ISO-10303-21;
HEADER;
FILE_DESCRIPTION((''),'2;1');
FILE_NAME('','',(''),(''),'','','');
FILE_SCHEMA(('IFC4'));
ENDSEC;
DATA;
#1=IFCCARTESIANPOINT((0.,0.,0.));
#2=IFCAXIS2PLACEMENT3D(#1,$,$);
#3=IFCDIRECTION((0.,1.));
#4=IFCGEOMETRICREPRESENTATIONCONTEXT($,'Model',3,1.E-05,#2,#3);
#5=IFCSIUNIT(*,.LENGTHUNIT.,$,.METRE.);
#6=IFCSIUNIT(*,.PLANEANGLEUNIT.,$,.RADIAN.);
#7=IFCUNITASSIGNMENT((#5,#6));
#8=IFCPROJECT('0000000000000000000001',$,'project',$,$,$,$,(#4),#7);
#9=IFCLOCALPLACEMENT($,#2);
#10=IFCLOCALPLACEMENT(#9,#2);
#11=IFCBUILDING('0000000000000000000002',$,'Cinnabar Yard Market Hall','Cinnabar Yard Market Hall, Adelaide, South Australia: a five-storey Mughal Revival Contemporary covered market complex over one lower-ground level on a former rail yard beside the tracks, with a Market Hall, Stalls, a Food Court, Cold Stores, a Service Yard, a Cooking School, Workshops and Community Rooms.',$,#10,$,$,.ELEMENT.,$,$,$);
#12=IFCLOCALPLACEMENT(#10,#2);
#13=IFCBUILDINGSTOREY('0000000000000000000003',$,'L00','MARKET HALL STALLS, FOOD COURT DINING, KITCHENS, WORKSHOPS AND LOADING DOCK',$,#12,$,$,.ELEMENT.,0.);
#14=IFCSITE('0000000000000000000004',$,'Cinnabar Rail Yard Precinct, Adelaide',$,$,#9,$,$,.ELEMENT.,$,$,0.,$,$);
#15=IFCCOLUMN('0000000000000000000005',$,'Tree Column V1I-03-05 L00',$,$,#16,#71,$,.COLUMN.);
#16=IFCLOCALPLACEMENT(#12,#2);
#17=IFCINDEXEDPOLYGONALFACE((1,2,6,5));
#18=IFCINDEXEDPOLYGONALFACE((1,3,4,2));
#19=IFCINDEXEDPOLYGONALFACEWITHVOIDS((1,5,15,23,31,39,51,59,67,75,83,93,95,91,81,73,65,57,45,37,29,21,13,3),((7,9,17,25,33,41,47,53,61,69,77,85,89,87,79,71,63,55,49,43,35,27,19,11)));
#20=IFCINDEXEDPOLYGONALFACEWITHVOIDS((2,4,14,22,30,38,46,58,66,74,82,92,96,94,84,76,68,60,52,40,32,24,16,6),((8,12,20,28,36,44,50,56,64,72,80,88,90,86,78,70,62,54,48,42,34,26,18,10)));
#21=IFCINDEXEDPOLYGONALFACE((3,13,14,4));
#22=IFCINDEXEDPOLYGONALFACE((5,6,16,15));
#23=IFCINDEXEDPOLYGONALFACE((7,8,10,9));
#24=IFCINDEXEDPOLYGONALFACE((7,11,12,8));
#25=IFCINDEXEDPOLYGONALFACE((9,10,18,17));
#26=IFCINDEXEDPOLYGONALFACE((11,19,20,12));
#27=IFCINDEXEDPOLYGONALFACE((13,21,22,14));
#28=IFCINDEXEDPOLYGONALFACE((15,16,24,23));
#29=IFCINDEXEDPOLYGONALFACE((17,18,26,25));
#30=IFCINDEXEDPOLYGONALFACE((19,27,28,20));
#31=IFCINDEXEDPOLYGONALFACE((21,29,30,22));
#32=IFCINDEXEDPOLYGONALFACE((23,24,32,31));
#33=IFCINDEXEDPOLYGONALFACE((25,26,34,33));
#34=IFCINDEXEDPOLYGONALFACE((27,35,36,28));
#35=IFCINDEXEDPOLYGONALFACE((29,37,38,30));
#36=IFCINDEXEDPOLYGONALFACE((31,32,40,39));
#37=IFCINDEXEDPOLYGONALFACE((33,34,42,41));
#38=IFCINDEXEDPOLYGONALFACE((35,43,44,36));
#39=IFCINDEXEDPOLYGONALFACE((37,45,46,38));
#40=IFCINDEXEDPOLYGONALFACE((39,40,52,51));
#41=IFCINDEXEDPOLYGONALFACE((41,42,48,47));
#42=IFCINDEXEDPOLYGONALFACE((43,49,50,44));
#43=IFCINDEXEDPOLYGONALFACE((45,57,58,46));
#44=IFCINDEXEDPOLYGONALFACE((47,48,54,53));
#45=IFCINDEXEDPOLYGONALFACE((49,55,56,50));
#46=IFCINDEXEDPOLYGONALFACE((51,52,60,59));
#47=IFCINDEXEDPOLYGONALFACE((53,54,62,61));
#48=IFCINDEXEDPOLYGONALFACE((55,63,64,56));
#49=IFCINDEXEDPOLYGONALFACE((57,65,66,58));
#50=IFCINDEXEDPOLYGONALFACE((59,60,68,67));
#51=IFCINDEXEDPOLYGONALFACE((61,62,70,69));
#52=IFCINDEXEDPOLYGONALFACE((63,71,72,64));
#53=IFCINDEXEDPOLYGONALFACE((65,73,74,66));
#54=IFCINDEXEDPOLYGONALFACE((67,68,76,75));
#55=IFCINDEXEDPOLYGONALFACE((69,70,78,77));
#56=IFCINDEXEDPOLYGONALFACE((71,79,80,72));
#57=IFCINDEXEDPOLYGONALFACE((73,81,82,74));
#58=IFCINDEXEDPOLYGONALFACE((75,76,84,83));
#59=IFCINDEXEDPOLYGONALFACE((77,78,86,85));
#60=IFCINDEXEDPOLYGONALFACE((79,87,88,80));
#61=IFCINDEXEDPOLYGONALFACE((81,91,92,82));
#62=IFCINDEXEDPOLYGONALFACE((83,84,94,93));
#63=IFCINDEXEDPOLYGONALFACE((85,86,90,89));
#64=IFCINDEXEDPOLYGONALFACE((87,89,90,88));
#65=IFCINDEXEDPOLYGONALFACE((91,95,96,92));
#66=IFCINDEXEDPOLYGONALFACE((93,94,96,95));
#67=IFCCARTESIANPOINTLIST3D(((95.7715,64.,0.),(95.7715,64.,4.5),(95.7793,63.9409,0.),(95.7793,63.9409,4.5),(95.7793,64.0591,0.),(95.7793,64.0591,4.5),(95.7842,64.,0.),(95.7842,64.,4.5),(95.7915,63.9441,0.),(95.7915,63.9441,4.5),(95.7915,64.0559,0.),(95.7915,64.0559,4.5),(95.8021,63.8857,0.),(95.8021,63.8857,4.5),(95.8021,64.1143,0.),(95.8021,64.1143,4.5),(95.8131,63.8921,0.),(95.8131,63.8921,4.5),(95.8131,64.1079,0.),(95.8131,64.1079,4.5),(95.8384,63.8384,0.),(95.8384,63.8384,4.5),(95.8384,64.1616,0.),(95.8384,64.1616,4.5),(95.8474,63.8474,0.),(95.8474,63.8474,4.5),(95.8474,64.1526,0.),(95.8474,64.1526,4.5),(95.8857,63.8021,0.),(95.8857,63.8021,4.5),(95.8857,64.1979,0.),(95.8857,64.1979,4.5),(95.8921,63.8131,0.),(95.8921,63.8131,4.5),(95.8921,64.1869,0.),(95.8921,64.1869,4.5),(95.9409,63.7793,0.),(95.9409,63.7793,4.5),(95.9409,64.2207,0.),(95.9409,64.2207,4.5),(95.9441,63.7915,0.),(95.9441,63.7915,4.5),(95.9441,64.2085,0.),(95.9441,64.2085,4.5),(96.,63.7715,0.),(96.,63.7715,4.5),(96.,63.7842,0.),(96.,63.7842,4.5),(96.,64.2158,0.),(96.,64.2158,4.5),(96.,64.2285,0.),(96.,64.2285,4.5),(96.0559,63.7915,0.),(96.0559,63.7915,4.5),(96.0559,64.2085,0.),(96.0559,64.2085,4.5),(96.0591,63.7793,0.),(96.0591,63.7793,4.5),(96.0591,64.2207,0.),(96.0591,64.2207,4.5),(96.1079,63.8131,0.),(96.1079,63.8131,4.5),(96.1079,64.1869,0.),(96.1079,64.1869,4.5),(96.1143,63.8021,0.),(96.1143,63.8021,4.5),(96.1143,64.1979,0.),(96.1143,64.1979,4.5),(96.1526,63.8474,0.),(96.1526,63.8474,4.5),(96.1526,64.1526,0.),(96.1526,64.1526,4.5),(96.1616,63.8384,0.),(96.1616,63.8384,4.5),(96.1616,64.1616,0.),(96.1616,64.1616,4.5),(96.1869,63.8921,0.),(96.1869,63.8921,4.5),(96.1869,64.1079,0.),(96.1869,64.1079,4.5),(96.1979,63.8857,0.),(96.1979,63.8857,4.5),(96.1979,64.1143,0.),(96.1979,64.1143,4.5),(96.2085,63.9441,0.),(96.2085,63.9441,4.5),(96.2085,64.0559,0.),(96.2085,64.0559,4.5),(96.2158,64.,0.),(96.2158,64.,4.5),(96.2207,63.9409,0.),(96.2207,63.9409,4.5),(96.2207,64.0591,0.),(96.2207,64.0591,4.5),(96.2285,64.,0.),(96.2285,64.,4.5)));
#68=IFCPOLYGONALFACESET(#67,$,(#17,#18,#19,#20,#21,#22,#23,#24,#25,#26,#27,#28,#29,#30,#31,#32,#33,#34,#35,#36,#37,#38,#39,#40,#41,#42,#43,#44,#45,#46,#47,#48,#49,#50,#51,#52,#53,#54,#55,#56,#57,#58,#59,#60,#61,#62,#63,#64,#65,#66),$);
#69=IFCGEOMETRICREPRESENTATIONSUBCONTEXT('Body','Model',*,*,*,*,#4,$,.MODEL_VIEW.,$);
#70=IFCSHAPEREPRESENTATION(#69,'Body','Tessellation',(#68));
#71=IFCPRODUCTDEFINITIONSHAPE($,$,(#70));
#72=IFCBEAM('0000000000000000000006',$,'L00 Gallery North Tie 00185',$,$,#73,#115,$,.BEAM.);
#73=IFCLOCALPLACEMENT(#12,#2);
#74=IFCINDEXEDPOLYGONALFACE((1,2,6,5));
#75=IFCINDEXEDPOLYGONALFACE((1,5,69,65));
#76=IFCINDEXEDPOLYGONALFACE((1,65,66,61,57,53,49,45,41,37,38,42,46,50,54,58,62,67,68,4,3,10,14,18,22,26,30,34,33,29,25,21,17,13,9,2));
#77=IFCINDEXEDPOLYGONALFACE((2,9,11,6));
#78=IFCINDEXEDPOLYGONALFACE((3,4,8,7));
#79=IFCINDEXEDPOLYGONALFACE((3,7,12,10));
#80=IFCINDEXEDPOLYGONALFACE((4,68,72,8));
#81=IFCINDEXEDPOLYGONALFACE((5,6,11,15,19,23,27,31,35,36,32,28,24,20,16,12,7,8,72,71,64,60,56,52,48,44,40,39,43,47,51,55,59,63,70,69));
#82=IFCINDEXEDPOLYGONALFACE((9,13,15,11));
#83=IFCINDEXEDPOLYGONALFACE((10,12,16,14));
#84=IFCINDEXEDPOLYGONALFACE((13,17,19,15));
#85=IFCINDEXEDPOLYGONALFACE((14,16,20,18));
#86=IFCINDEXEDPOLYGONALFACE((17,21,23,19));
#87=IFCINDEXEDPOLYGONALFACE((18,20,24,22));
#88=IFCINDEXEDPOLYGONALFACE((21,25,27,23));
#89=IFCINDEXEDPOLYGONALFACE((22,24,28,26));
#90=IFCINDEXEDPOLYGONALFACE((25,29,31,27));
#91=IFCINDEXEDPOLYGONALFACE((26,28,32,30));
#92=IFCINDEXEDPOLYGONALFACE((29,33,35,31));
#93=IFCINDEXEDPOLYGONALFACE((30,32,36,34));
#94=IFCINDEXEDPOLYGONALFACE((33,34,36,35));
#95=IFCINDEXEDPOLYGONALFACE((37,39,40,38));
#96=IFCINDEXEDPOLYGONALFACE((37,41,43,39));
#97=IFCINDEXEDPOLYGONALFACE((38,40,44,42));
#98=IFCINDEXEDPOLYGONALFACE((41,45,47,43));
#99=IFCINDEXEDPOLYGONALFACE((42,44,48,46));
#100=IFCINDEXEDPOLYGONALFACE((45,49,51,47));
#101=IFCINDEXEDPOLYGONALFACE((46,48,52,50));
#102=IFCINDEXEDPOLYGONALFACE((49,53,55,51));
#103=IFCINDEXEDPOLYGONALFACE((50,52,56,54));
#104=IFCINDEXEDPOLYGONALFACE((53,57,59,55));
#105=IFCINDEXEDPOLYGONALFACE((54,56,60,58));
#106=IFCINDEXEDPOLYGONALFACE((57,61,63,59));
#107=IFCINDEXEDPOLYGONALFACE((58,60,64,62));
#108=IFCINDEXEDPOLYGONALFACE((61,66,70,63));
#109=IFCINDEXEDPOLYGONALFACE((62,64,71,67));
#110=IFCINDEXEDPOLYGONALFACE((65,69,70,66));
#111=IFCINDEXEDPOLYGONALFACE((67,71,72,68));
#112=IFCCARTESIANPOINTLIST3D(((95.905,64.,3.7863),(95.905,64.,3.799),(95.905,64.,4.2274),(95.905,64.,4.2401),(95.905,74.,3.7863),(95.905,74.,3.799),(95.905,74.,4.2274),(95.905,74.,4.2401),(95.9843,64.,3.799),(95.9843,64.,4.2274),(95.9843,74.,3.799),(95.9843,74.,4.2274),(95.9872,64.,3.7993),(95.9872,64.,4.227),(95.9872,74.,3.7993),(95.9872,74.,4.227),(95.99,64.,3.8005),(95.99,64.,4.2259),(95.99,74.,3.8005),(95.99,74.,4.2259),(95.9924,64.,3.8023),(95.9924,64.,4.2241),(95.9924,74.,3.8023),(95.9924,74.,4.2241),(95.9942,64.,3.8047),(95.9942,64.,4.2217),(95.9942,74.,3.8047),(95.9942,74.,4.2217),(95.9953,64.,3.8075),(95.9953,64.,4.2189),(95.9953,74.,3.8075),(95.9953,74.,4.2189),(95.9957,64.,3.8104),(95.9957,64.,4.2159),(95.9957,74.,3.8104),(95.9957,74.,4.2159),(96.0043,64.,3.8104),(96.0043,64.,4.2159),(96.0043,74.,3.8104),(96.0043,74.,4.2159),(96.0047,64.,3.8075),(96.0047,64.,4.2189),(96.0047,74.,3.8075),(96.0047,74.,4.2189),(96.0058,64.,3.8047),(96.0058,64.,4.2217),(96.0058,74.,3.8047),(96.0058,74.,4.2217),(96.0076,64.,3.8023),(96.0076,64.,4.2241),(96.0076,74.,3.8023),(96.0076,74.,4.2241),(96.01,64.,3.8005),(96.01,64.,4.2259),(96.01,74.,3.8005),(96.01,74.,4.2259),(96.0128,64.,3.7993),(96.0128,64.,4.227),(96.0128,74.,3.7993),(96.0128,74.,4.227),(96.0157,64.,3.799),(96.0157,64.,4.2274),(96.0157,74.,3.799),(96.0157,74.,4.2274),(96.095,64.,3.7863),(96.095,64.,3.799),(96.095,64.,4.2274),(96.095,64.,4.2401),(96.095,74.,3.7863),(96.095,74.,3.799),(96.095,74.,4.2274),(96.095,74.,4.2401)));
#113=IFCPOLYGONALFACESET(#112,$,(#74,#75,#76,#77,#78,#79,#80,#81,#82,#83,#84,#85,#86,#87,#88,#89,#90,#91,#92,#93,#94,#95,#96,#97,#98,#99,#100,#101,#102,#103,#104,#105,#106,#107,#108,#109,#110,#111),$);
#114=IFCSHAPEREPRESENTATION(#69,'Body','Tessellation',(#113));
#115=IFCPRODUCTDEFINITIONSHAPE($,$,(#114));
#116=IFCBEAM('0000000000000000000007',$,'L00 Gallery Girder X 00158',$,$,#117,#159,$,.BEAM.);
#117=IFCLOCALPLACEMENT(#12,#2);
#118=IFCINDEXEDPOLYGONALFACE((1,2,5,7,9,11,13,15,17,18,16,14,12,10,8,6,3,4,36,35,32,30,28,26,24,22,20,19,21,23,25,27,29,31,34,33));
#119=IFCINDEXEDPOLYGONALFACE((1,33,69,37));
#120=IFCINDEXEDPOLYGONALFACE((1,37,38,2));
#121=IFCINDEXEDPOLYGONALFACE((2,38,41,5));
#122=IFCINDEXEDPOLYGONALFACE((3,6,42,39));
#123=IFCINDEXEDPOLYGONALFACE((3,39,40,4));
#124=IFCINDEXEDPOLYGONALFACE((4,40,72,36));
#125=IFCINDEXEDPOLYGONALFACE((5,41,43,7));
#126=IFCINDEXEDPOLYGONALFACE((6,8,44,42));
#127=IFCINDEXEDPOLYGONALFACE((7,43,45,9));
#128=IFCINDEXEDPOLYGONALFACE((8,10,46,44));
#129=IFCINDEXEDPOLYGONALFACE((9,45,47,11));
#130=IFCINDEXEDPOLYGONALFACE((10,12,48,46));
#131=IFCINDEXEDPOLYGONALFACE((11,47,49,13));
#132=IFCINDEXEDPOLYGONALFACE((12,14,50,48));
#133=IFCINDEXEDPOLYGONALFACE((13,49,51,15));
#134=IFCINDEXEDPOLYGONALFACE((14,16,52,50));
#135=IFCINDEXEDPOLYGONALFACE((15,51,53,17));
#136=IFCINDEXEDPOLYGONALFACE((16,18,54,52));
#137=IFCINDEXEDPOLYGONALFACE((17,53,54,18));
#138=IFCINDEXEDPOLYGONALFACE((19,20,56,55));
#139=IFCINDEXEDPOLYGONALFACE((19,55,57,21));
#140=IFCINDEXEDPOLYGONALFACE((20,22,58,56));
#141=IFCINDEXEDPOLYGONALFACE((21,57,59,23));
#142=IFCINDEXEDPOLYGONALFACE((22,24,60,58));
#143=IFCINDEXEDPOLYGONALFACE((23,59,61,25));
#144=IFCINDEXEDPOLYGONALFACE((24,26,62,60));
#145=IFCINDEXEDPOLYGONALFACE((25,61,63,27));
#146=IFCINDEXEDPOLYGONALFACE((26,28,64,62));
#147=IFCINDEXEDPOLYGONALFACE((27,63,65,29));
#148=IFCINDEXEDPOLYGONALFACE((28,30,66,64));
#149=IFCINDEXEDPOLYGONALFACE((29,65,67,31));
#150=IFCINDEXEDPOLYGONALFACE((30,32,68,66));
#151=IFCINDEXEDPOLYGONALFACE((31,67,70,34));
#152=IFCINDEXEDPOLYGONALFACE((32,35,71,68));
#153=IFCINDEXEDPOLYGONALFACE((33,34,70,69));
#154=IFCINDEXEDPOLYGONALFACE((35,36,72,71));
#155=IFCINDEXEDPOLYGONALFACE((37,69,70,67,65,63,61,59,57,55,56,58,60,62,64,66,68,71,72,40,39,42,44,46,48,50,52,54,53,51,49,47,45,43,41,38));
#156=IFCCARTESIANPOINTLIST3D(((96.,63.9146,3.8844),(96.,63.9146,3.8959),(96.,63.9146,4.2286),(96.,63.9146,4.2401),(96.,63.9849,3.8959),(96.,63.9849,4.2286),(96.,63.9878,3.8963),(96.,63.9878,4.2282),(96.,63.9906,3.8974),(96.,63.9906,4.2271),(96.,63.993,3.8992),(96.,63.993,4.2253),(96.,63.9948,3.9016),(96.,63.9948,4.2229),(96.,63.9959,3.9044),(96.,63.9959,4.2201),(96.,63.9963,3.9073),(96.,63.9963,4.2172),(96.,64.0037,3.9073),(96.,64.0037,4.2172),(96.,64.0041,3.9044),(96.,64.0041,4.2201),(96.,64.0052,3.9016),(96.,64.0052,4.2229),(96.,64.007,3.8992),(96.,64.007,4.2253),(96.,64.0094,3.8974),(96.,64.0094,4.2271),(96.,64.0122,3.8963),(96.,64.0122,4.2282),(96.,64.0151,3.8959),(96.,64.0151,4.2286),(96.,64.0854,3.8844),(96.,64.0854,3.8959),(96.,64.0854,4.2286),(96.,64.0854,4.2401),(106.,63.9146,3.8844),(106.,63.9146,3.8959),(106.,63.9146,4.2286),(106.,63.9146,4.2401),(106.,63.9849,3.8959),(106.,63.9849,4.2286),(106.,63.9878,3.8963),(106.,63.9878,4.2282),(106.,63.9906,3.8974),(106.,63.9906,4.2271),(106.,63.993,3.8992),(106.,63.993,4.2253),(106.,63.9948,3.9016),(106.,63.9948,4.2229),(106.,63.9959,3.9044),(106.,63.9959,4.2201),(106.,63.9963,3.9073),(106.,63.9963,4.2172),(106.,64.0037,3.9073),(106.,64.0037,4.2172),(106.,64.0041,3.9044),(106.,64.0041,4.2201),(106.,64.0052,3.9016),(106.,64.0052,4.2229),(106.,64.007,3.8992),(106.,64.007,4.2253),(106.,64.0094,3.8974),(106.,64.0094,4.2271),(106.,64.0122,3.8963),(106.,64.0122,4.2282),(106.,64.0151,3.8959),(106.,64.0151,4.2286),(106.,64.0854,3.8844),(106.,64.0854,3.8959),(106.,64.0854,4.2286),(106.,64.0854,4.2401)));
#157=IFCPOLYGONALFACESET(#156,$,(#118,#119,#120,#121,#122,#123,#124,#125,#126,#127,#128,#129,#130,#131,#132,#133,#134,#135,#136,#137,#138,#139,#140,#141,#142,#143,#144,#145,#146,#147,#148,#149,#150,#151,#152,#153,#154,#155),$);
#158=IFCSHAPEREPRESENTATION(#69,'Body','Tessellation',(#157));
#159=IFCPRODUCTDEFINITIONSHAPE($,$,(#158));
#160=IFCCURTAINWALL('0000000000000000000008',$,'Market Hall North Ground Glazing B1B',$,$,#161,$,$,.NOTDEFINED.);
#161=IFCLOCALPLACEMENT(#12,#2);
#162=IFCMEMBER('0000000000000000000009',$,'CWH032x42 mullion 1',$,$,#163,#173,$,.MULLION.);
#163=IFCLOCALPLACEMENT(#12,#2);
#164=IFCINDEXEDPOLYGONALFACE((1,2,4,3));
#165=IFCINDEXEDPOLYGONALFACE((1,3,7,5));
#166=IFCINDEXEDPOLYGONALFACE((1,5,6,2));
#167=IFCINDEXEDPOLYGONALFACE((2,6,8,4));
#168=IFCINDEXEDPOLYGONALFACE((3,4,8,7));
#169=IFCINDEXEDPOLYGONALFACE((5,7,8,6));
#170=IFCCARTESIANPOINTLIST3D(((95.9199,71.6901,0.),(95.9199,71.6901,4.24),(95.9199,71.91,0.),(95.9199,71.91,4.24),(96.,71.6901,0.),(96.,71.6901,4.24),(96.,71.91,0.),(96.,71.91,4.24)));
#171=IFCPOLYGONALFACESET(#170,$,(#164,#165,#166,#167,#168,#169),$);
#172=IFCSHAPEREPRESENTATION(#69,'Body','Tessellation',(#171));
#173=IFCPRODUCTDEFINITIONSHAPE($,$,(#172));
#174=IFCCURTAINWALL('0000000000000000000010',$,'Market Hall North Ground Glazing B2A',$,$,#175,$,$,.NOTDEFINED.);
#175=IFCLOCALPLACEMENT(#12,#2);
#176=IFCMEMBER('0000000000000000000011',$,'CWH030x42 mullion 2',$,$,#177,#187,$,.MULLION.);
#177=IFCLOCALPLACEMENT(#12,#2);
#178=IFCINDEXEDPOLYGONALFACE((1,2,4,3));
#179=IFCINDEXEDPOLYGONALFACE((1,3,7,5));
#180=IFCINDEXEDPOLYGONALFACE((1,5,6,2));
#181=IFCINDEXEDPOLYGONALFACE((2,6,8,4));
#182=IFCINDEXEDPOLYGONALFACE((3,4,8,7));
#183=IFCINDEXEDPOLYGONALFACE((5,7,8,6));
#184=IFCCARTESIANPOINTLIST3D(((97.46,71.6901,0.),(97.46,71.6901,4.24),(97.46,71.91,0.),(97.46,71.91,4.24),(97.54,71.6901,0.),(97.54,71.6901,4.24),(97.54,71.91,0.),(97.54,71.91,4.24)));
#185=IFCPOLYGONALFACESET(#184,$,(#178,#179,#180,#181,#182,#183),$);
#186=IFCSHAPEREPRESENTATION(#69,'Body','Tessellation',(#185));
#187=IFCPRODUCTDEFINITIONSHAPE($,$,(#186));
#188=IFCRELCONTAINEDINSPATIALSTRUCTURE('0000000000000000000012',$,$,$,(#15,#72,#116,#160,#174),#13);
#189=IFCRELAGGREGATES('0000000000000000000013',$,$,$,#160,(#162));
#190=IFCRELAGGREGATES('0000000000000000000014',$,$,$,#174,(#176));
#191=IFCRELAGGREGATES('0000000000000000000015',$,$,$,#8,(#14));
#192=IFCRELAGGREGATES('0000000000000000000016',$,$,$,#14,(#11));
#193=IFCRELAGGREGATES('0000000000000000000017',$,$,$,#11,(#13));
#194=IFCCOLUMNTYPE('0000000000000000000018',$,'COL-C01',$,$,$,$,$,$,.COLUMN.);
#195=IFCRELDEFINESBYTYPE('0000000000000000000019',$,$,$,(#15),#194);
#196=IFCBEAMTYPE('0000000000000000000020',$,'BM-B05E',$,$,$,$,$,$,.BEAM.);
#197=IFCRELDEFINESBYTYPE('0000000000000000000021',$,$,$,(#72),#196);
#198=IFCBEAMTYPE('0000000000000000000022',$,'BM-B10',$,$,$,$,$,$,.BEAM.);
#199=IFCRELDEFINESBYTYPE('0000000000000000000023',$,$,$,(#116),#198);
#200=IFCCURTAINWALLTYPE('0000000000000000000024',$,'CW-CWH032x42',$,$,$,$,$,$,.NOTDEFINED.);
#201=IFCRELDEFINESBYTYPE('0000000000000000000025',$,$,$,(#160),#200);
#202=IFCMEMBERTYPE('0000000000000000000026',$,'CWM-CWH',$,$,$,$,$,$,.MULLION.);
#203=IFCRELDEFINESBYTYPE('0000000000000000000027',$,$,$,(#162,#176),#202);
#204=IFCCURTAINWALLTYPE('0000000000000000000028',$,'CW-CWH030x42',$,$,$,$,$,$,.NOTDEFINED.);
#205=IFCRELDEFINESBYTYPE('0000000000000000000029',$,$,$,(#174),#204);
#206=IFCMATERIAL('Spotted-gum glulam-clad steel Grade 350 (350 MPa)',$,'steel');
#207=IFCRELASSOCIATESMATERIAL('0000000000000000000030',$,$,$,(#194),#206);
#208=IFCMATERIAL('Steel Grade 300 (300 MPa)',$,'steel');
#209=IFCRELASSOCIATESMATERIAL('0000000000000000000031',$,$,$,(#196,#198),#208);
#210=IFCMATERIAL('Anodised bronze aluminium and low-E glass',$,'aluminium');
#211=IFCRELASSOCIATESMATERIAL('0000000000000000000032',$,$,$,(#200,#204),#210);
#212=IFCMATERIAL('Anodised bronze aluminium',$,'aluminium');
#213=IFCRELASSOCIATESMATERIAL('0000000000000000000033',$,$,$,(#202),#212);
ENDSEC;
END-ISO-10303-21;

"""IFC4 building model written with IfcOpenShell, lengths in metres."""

from ifc_helpers import new_model, si_unit, direction, frame, origin, origin_2d_with_axis, place, context, subcontext, project, spatial, rectangle, hollow_circle, i_section, extrude, material, material_profile, profile_set, type_object, element, aggregate, save


model = new_model("IFC4")

# Units and contexts
model_context = context("Model", 3, precision=1e-05, world=origin(), true_north=direction((0.0, 1.0)))
body_context = subcontext(model_context, "Body", "Model", "MODEL_VIEW")
ifc_project = project(units=[si_unit("LENGTHUNIT", "METRE"), si_unit("PLANEANGLEUNIT", "RADIAN")], contexts=[model_context])

# Site, building, storey
site_placement = place(None, origin())
site = spatial("IfcSite", under=ifc_project, at=site_placement, Name="Cinnabar Rail Yard Precinct, Adelaide", CompositionType="ELEMENT", RefElevation=0.0)
building_placement = place(site_placement, origin())
building = spatial("IfcBuilding", under=site, at=building_placement, Name="Cinnabar Yard Market Hall", Description="Cinnabar Yard Market Hall, Adelaide, South Australia: a five-storey Mughal Revival Contemporary covered market complex over one lower-ground level on a former rail yard beside the tracks, with a Market Hall, Stalls, a Food Court, Cold Stores, a Service Yard, a Cooking School, Workshops and Community Rooms.", CompositionType="ELEMENT")
storey_placement = place(building_placement, origin())
storey = spatial("IfcBuildingStorey", under=building, at=storey_placement, Name="L00", Description="MARKET HALL STALLS, FOOD COURT DINING, KITCHENS, WORKSHOPS AND LOADING DOCK", CompositionType="ELEMENT", Elevation=0.0)

# Column
ifc_material_1 = material(Name="Spotted-gum glulam-clad steel Grade 350 (350 MPa)", Category="steel")
ifc_material_profile_1 = material_profile(ifc_material_1, hollow_circle(Radius=0.2285, WallThickness=0.0127, at=origin_2d_with_axis()), Name="457.0x12.7CHS")
ifc_profile_set_1 = profile_set([ifc_material_profile_1], Name="Spotted-gum glulam-clad steel Grade 350 (350 MPa)")
column_type = type_object("IfcColumnType", Name="COL-C01", PredefinedType="COLUMN", material=ifc_profile_set_1)
column_placement = place(storey_placement, frame((96.0, 64.0, 0.0), z_axis=(0.0, 0.0, 1.0), x_axis=(1.0, 0.0, 0.0)))
element("IfcColumn", 1, at=column_placement, inside=storey, type_object=column_type, Name="Tree Column V1I-03-05 L00", PredefinedType="COLUMN", context=body_context, shape_type="SweptSolid", body=[
    extrude(hollow_circle(Radius=0.2285, WallThickness=0.0127, at=origin_2d_with_axis()), origin(), (0.0, 0.0, 1.0), 4.5),
])

# Beams
ifc_material_2 = material(Name="Steel Grade 300 (300 MPa)", Category="steel")
ifc_material_profile_2 = material_profile(ifc_material_2, i_section(OverallWidth=0.1899, OverallDepth=0.4539, WebThickness=0.0085, FlangeThickness=0.0127, FilletRadius=0.0115, at=origin_2d_with_axis()), Name="460UB67.1")
ifc_profile_set_2 = profile_set([ifc_material_profile_2], Name="Steel Grade 300 (300 MPa)")
beam_type_1 = type_object("IfcBeamType", Name="BM-B05E", PredefinedType="BEAM", material=ifc_profile_set_2)
beam_1_placement = place(storey_placement, frame((96.0, 64.0, 4.0132), z_axis=(0.0, 1.0, 0.0), x_axis=(-1.0, 0.0, 0.0)))
element("IfcBeam", 2, at=beam_1_placement, inside=storey, type_object=beam_type_1, Name="L00 Gallery North Tie 00185", PredefinedType="BEAM", context=body_context, shape_type="SweptSolid", body=[
    extrude(i_section(OverallWidth=0.1899, OverallDepth=0.4539, WebThickness=0.0085, FlangeThickness=0.0127, FilletRadius=0.0115, at=origin_2d_with_axis()), origin(), (0.0, 0.0, 1.0), 10.0),
])
ifc_material_profile_3 = material_profile(ifc_material_2, i_section(OverallWidth=0.1709, OverallDepth=0.3557, WebThickness=0.0073, FlangeThickness=0.0115, FilletRadius=0.0115, at=origin_2d_with_axis()), Name="360UB50.7")
ifc_profile_set_3 = profile_set([ifc_material_profile_3], Name="Steel Grade 300 (300 MPa)")
beam_type_2 = type_object("IfcBeamType", Name="BM-B10", PredefinedType="BEAM", material=ifc_profile_set_3)
beam_2_placement = place(storey_placement, frame((96.0, 64.0, 4.0623), z_axis=(1.0, 0.0, 0.0), x_axis=(0.0, 1.0, 0.0)))
element("IfcBeam", 3, at=beam_2_placement, inside=storey, type_object=beam_type_2, Name="L00 Gallery Girder X 00158", PredefinedType="BEAM", context=body_context, shape_type="SweptSolid", body=[
    extrude(i_section(OverallWidth=0.1709, OverallDepth=0.3557, WebThickness=0.0073, FlangeThickness=0.0115, FilletRadius=0.0115, at=origin_2d_with_axis()), origin(), (0.0, 0.0, 1.0), 10.0),
])

# Curtain wall, member
ifc_material_3 = material(Name="Anodised bronze aluminium and low-E glass", Category="aluminium")
curtain_wall_type_1 = type_object("IfcCurtainWallType", Name="CW-CWH032x42", PredefinedType="NOTDEFINED", material=ifc_material_3)
curtain_wall_1_placement = place(storey_placement, origin())
curtain_wall_1 = element("IfcCurtainWall", 4, at=curtain_wall_1_placement, inside=storey, type_object=curtain_wall_type_1, Name="Market Hall North Ground Glazing B1B", PredefinedType="NOTDEFINED")
ifc_material_4 = material(Name="Anodised bronze aluminium", Category="aluminium")
ifc_material_profile_4 = material_profile(ifc_material_4, rectangle(XDim=0.22, YDim=0.0801, at=origin_2d_with_axis()), Name="MUL-CWH")
ifc_profile_set_4 = profile_set([ifc_material_profile_4], Name="Anodised bronze aluminium")
member_type_1 = type_object("IfcMemberType", Name="CWM-CWH", PredefinedType="MULLION", material=ifc_profile_set_4)
member_1_placement = place(storey_placement, frame((95.96, 71.8, 0.0), z_axis=(0.0, 0.0, 1.0), x_axis=(0.0, -1.0, 0.0)))
member_1 = element("IfcMember", 5, at=member_1_placement, type_object=member_type_1, Name="CWH032x42 mullion 1", PredefinedType="MULLION", context=body_context, shape_type="SweptSolid", body=[
    extrude(rectangle(XDim=0.22, YDim=0.0801, at=origin_2d_with_axis()), origin(), (0.0, 0.0, 1.0), 4.24),
])

# Curtain wall, member
curtain_wall_type_2 = type_object("IfcCurtainWallType", Name="CW-CWH030x42", PredefinedType="NOTDEFINED", material=ifc_material_3)
curtain_wall_2_placement = place(storey_placement, origin())
curtain_wall_2 = element("IfcCurtainWall", 6, at=curtain_wall_2_placement, inside=storey, type_object=curtain_wall_type_2, Name="Market Hall North Ground Glazing B2A", PredefinedType="NOTDEFINED")
member_2_placement = place(storey_placement, frame((97.5, 71.8, 0.0), z_axis=(0.0, 0.0, 1.0), x_axis=(0.0, -1.0, 0.0)))
member_2 = element("IfcMember", 7, at=member_2_placement, type_object=member_type_1, Name="CWH030x42 mullion 2", PredefinedType="MULLION", context=body_context, shape_type="SweptSolid", body=[
    extrude(rectangle(XDim=0.22, YDim=0.0801, at=origin_2d_with_axis()), origin(), (0.0, 0.0, 1.0), 4.24),
])

aggregate(curtain_wall_1, [member_1])

aggregate(curtain_wall_2, [member_2])

save(model, "model.ifc")
